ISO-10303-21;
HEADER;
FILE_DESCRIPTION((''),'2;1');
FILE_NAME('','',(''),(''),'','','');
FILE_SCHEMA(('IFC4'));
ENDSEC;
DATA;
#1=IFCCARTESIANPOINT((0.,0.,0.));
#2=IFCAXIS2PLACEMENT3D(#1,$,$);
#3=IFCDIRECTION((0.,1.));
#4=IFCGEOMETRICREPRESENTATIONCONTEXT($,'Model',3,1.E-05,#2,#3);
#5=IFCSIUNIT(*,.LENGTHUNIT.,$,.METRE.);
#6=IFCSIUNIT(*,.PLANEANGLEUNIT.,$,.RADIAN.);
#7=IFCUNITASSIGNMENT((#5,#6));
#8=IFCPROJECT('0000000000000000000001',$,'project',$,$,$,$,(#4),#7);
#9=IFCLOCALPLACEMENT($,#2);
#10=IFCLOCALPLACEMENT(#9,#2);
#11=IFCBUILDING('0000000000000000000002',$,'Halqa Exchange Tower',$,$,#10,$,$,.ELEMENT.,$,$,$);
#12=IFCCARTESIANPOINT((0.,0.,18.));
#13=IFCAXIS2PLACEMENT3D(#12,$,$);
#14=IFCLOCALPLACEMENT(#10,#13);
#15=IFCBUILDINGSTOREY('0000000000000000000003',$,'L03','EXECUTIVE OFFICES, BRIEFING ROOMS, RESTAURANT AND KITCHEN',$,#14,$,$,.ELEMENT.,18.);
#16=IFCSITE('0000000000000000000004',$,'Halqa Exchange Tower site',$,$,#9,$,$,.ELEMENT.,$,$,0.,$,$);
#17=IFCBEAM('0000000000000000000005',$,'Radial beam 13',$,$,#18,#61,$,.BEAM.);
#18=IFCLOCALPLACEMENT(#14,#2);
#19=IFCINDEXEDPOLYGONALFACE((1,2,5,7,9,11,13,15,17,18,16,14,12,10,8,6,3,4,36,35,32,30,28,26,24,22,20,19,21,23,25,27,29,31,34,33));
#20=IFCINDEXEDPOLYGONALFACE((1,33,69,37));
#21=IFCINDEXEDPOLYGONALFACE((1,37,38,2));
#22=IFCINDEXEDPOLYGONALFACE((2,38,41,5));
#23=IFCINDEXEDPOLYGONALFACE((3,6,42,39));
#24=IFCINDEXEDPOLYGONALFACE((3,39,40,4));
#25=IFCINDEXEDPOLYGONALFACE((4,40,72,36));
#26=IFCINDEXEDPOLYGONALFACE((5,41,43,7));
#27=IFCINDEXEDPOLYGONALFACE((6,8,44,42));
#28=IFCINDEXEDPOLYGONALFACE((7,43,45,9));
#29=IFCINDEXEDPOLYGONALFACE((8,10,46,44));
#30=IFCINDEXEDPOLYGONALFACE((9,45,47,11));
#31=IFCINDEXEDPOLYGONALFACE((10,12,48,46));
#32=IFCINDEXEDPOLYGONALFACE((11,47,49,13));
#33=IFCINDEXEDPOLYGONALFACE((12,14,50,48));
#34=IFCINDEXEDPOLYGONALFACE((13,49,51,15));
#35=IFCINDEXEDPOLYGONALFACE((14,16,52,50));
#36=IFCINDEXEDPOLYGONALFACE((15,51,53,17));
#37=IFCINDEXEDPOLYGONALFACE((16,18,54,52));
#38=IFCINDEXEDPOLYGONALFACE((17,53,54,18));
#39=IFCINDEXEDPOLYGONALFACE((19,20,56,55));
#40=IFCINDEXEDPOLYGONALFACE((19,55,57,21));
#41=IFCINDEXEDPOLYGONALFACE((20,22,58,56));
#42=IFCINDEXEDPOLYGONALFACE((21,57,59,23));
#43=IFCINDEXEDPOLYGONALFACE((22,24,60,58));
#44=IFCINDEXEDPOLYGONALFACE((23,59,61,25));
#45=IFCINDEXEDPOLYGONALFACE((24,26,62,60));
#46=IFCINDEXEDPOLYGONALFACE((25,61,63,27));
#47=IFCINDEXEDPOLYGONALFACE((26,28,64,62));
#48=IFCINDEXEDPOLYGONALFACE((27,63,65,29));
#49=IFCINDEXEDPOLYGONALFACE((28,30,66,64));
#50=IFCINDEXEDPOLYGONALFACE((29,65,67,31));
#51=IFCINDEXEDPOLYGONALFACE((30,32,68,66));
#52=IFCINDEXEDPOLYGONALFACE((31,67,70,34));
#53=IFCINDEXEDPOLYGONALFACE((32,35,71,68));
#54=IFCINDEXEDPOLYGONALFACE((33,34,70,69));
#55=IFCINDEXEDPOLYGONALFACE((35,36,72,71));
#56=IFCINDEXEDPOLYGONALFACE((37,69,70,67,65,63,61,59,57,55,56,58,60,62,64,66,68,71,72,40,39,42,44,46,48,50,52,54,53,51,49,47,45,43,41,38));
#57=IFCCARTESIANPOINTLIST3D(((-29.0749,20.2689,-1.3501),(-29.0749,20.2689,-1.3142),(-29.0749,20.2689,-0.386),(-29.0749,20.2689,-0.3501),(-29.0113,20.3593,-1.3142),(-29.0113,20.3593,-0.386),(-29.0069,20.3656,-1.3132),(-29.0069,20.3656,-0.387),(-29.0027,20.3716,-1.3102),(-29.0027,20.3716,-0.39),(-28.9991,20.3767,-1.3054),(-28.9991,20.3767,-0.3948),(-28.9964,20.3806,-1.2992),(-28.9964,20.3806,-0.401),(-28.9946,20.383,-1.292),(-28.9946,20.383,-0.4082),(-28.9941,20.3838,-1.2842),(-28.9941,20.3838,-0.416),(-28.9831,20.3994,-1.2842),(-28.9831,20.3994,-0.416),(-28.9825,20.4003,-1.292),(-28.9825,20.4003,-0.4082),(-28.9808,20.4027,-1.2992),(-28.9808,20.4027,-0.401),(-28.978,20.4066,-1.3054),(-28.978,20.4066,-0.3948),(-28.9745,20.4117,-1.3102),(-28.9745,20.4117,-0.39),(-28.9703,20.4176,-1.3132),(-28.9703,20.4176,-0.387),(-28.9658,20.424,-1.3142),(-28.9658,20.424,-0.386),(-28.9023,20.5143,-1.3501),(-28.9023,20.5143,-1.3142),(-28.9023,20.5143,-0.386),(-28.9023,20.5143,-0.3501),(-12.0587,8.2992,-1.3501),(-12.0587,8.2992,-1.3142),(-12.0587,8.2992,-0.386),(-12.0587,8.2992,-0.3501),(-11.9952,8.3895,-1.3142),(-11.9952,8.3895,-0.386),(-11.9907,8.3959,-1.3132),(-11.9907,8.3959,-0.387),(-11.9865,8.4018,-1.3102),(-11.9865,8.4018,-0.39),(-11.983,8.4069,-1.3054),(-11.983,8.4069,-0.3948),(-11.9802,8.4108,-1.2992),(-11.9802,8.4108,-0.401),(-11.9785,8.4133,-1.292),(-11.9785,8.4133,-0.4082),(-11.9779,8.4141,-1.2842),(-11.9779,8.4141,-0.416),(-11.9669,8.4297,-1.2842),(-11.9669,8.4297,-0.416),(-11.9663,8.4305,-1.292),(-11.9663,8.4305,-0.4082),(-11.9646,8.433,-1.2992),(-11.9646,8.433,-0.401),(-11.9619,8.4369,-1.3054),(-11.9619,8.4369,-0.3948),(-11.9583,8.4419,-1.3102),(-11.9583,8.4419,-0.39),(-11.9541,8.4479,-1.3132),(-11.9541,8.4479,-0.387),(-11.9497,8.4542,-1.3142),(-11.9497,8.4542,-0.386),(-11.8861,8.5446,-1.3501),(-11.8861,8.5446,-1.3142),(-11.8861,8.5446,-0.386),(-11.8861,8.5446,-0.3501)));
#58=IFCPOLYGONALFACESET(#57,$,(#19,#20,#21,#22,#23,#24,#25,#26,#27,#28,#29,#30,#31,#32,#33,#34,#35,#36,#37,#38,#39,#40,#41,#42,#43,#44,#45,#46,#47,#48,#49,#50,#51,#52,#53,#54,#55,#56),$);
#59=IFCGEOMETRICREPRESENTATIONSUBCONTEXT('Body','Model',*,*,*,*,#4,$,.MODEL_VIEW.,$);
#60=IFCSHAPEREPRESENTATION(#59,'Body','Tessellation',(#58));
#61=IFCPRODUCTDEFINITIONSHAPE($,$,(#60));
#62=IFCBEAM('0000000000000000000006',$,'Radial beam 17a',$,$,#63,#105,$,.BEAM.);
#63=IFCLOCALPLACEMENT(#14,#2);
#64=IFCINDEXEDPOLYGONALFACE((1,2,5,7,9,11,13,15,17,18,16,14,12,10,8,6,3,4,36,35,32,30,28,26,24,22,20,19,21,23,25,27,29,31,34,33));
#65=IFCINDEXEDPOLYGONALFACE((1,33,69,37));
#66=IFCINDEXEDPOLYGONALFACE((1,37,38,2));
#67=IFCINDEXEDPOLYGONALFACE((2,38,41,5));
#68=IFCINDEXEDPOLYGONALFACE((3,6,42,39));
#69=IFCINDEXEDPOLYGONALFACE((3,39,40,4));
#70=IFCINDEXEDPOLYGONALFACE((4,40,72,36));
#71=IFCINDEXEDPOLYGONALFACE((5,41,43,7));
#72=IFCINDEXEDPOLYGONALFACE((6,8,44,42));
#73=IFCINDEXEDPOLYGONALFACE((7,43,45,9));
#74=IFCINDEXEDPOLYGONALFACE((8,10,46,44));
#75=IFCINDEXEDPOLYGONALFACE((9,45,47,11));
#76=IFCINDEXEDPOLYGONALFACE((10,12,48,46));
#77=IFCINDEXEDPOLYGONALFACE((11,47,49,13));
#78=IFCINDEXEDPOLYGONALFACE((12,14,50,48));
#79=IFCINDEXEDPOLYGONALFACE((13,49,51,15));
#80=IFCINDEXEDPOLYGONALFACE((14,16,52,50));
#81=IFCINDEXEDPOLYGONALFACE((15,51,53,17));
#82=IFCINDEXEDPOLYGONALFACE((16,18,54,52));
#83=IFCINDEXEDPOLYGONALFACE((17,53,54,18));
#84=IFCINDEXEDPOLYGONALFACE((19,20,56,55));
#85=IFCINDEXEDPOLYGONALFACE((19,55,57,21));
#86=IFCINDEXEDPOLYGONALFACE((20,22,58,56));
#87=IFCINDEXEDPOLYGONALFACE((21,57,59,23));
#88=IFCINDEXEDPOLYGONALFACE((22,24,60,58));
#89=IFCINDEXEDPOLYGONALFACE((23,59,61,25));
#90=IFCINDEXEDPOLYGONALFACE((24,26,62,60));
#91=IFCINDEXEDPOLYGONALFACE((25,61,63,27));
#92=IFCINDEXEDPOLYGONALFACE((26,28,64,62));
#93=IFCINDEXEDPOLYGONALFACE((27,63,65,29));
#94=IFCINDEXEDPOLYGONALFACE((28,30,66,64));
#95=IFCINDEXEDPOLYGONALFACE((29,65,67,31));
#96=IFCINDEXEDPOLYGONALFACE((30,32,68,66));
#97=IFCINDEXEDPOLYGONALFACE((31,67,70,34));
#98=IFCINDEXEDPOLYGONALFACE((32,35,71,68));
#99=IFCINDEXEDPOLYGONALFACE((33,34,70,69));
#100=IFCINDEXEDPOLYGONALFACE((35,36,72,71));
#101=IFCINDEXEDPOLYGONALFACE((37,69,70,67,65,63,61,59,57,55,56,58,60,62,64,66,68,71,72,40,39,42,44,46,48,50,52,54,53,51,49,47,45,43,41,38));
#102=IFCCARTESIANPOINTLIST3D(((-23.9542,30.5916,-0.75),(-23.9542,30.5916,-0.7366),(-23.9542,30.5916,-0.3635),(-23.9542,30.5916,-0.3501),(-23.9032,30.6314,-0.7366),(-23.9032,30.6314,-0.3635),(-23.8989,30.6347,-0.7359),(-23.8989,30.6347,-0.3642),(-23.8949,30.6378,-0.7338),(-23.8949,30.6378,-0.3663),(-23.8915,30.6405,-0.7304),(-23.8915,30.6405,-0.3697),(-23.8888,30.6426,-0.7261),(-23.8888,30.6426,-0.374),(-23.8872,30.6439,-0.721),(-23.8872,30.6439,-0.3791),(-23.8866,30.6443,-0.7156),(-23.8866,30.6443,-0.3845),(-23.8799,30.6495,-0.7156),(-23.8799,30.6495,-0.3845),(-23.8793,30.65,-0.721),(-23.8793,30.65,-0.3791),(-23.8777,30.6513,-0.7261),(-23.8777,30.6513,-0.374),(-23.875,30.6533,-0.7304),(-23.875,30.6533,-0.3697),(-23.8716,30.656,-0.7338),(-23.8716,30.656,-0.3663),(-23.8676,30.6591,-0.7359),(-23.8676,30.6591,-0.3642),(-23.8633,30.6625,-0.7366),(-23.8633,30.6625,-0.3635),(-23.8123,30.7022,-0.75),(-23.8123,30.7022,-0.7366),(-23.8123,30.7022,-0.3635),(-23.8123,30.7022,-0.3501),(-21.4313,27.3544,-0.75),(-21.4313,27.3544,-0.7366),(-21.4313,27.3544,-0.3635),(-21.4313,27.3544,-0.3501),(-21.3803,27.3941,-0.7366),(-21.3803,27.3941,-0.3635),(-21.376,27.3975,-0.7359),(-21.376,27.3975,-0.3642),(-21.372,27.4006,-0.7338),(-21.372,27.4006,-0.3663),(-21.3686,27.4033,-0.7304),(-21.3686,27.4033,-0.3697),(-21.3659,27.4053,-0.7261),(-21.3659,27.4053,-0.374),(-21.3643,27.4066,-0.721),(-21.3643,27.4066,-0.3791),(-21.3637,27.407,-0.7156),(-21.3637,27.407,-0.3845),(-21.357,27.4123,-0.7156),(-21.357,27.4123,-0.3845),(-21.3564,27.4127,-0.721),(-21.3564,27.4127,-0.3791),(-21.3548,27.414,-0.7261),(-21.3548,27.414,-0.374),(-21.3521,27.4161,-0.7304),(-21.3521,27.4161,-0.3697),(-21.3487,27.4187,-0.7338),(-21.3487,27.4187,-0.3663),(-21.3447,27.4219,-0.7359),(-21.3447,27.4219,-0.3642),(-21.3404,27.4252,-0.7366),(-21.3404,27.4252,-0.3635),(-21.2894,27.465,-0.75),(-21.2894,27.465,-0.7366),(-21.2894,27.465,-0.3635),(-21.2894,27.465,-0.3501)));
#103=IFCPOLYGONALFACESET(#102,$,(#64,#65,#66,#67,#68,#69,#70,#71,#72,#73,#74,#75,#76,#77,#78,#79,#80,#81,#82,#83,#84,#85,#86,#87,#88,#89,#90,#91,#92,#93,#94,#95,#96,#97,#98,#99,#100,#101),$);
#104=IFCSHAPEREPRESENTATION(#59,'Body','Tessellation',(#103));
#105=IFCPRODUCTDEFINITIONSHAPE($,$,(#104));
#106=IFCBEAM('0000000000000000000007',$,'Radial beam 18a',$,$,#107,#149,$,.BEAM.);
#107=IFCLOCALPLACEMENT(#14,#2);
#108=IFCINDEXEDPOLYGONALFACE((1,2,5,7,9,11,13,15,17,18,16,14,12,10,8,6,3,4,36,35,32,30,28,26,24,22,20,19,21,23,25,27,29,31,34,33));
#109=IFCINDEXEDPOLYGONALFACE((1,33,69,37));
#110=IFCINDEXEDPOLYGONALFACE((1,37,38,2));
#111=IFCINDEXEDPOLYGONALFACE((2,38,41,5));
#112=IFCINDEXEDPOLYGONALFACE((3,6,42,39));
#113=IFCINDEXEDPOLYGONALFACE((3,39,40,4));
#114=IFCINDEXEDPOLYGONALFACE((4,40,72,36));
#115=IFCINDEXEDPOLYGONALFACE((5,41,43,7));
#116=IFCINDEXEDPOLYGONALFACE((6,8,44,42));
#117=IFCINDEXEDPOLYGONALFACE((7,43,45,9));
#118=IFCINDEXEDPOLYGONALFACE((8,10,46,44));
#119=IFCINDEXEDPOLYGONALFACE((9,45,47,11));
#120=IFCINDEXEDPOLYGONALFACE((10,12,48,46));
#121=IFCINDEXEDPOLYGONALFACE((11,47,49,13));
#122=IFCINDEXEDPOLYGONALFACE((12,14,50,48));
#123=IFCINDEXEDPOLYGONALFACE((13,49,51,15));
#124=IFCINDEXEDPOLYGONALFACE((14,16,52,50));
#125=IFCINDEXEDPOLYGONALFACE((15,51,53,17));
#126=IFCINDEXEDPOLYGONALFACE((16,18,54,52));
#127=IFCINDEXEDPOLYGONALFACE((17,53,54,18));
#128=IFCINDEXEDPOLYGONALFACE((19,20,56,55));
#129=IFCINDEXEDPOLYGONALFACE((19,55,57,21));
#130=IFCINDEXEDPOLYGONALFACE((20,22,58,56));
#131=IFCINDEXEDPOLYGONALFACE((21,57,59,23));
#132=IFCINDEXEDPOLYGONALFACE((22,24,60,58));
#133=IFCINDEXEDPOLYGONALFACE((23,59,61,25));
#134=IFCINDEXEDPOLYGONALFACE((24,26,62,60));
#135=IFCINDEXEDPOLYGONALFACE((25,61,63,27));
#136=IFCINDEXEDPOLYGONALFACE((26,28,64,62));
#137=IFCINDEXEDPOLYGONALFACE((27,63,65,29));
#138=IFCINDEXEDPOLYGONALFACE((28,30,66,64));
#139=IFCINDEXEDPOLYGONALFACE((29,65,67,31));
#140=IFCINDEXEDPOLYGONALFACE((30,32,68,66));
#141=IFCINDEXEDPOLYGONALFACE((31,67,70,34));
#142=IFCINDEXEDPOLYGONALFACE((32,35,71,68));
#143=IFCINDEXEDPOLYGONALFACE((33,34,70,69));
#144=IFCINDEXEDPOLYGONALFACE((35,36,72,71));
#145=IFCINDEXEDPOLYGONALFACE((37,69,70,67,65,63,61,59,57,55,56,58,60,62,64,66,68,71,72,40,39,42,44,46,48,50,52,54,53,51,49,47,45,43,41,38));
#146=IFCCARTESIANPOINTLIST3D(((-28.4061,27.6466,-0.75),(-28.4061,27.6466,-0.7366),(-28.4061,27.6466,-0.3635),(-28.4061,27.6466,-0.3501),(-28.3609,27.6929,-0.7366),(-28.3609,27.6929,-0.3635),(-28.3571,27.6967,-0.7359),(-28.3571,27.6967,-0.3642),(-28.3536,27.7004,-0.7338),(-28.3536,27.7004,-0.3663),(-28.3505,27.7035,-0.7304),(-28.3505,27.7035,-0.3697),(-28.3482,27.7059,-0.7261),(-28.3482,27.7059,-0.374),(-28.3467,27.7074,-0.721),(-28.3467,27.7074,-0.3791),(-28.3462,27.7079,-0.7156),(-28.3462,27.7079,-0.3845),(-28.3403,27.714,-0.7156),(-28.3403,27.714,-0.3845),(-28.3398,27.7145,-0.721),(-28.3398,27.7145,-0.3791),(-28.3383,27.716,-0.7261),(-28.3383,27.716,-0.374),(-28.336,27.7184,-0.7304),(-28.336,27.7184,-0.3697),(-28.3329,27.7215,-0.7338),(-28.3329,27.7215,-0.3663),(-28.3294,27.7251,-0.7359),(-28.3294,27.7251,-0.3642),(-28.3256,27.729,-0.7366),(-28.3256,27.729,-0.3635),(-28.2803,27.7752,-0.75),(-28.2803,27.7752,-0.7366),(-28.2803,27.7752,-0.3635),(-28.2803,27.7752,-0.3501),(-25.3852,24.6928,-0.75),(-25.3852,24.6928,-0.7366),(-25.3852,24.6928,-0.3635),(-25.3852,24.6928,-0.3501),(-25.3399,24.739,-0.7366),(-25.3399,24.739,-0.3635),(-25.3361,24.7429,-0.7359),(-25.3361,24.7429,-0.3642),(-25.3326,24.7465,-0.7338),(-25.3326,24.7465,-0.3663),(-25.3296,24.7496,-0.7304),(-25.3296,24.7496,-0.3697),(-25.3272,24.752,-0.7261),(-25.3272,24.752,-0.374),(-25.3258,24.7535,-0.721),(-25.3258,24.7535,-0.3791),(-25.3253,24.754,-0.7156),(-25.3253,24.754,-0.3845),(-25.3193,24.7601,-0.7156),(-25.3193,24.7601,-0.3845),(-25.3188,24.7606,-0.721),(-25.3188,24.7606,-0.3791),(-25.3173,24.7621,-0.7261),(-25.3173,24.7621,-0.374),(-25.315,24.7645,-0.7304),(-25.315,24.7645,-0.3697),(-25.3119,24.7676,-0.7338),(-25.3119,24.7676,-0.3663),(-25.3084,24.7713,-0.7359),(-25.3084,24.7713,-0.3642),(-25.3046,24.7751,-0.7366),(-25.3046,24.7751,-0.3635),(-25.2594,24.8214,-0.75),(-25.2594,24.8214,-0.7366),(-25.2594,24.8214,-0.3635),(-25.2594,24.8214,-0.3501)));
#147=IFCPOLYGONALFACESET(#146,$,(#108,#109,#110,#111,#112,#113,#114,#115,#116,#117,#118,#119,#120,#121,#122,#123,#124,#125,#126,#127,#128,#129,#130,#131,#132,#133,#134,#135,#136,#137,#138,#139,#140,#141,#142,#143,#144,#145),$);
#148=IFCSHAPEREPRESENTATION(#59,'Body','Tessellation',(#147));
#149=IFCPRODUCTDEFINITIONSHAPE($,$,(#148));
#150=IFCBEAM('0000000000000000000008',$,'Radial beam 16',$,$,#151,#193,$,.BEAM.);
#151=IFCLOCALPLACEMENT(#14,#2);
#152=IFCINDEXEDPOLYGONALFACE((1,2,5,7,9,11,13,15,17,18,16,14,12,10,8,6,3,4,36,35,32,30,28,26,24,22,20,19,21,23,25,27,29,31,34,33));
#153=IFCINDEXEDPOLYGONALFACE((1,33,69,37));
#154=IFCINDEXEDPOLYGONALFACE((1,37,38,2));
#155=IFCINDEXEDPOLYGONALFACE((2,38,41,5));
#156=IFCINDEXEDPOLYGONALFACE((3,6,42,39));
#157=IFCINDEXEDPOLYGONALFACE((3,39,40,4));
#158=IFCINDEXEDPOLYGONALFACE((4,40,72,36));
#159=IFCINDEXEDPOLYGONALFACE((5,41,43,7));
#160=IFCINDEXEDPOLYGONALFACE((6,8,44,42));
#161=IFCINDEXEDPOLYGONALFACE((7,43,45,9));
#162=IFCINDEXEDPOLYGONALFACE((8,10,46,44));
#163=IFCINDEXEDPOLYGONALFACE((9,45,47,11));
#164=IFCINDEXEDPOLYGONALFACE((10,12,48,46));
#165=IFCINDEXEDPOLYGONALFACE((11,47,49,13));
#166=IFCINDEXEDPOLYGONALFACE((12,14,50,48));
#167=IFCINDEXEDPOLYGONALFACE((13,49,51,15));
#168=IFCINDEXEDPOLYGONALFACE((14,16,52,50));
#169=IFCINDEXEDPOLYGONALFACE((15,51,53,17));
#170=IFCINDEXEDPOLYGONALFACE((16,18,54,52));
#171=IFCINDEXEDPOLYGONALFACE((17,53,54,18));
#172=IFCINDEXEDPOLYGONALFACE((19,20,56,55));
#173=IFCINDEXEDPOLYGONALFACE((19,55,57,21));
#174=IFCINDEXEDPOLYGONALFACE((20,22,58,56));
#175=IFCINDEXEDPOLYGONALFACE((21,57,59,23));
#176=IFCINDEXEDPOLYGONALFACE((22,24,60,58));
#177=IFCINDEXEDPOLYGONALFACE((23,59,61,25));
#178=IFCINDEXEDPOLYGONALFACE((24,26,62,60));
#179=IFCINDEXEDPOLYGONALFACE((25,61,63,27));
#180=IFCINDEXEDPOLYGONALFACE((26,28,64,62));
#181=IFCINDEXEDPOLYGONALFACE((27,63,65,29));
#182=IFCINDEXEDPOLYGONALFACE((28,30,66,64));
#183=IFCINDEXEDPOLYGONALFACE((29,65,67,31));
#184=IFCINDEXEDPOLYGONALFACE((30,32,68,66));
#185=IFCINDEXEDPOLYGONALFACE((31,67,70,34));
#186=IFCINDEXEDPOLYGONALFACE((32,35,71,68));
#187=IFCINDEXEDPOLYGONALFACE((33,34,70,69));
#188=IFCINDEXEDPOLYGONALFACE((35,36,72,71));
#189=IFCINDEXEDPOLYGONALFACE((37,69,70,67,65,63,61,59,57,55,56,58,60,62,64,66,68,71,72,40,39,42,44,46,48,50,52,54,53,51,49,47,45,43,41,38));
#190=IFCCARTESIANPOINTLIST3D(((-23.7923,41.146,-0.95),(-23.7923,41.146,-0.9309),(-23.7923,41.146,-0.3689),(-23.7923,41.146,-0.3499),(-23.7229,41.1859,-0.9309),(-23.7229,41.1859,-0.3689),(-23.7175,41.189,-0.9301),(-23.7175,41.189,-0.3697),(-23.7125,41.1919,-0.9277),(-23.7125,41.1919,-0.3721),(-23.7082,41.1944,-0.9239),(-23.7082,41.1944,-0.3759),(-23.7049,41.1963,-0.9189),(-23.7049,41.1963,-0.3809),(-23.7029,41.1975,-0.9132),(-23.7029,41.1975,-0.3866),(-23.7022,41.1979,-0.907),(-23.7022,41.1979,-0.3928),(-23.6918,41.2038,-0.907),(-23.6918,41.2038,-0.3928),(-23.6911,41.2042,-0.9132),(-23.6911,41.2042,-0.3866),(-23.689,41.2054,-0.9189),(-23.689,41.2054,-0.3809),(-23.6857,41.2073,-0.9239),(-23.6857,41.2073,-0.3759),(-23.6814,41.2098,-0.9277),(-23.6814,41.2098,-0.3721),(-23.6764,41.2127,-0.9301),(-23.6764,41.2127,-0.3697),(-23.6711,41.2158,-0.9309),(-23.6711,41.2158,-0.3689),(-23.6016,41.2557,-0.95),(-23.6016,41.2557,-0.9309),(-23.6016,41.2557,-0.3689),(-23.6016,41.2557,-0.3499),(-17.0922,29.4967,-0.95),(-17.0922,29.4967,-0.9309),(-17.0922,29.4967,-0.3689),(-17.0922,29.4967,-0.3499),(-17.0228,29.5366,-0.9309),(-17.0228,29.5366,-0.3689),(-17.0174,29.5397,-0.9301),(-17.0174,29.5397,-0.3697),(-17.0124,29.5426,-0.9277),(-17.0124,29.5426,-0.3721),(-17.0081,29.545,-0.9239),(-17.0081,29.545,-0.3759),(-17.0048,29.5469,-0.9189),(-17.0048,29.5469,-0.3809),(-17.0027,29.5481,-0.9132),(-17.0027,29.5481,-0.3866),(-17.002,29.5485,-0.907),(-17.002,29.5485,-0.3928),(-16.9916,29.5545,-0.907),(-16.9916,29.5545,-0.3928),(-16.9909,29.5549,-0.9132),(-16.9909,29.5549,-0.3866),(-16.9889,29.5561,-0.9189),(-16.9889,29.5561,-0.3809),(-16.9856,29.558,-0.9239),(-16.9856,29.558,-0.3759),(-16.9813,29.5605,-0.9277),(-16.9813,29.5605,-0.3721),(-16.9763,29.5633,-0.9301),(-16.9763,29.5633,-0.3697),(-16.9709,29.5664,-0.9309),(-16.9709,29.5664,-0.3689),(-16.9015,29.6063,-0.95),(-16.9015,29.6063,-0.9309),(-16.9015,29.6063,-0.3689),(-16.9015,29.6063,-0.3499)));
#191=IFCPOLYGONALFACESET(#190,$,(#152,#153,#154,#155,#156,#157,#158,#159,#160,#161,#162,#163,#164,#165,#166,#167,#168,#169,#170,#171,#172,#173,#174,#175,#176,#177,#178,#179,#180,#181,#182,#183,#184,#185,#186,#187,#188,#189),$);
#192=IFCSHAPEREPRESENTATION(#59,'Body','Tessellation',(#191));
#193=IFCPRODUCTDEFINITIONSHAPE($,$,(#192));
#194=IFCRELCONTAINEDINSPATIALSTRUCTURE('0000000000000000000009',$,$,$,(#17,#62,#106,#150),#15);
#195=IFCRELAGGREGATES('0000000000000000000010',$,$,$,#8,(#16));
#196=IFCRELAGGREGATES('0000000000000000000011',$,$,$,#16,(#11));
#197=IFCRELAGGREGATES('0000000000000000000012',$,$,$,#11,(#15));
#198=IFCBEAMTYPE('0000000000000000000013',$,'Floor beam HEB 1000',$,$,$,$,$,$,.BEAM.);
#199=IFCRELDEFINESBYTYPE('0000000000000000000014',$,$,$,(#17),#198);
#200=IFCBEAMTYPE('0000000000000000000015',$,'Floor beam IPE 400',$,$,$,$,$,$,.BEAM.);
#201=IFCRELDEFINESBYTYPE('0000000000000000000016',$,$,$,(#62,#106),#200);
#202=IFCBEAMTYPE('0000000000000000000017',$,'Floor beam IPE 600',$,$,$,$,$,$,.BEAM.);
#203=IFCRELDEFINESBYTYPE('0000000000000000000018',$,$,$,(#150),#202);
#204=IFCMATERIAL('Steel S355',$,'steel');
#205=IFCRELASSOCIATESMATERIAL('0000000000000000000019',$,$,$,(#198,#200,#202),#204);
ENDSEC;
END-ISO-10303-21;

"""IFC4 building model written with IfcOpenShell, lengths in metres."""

from ifc_helpers import new_model, si_unit, direction, frame, origin, origin_2d, place, context, subcontext, project, spatial, i_section, extrude, material, material_profile, profile_set, type_object, element, save


model = new_model("IFC4")

# Units and contexts
model_context = context("Model", 3, precision=1e-05, world=origin(), true_north=direction((0.0, 1.0)))
body_context = subcontext(model_context, "Body", "Model", "MODEL_VIEW")
ifc_project = project(units=[si_unit("LENGTHUNIT", "METRE"), si_unit("PLANEANGLEUNIT", "RADIAN")], contexts=[model_context])

# Site, building, storey
site_placement = place(None, origin())
site = spatial("IfcSite", under=ifc_project, at=site_placement, Name="Halqa Exchange Tower site", CompositionType="ELEMENT", RefElevation=0.0)
building_placement = place(site_placement, origin())
building = spatial("IfcBuilding", under=site, at=building_placement, Name="Halqa Exchange Tower", CompositionType="ELEMENT")
storey_placement = place(building_placement, frame((0.0, 0.0, 18.0)))
storey = spatial("IfcBuildingStorey", under=building, at=storey_placement, Name="L03", Description="EXECUTIVE OFFICES, BRIEFING ROOMS, RESTAURANT AND KITCHEN", CompositionType="ELEMENT", Elevation=18.0)

# Beams
ifc_material_1 = material(Name="Steel S355", Category="steel")
ifc_material_profile_1 = material_profile(ifc_material_1, i_section(OverallWidth=0.3, OverallDepth=1.0, WebThickness=0.019, FlangeThickness=0.0359, FilletRadius=0.03, at=origin_2d()), Name="HEB 1000")
ifc_profile_set_1 = profile_set([ifc_material_profile_1], Name="Steel S355")
beam_type_1 = type_object("IfcBeamType", Name="Floor beam HEB 1000", PredefinedType="BEAM", material=ifc_profile_set_1)
beam_1_placement = place(storey_placement, frame((-11.9724, 8.4219, -0.8501), z_axis=(-0.81791, 0.575346, 0.0), x_axis=(-0.575346, -0.81791, 0.0)))
element("IfcBeam", 1, at=beam_1_placement, inside=storey, type_object=beam_type_1, Name="Radial beam 13", PredefinedType="BEAM", context=body_context, shape_type="SweptSolid", body=[
    extrude(i_section(OverallWidth=0.3, OverallDepth=1.0, WebThickness=0.019, FlangeThickness=0.0359, FilletRadius=0.03, at=origin_2d()), origin(), (0.0, 0.0, 1.0), 20.8044),
])
ifc_material_profile_2 = material_profile(ifc_material_1, i_section(OverallWidth=0.1799, OverallDepth=0.3999, WebThickness=0.0085, FlangeThickness=0.0134, FilletRadius=0.021, at=origin_2d()), Name="IPE 400")
ifc_profile_set_2 = profile_set([ifc_material_profile_2], Name="Steel S355")
beam_type_2 = type_object("IfcBeamType", Name="Floor beam IPE 400", PredefinedType="BEAM", material=ifc_profile_set_2)
beam_2_placement = place(storey_placement, frame((-21.3604, 27.4097, -0.55), z_axis=(-0.614706, 0.788756, 0.0), x_axis=(-0.788756, -0.614706, 0.0)))
element("IfcBeam", 2, at=beam_2_placement, inside=storey, type_object=beam_type_2, Name="Radial beam 17a", PredefinedType="BEAM", context=body_context, shape_type="SweptSolid", body=[
    extrude(i_section(OverallWidth=0.1799, OverallDepth=0.3999, WebThickness=0.0085, FlangeThickness=0.0134, FilletRadius=0.021, at=origin_2d()), origin(), (0.0, 0.0, 1.0), 4.1042),
])
beam_3_placement = place(storey_placement, frame((-25.3223, 24.7571, -0.55), z_axis=(-0.715007, 0.699117, 0.0), x_axis=(-0.699117, -0.715007, 0.0)))
element("IfcBeam", 3, at=beam_3_placement, inside=storey, type_object=beam_type_2, Name="Radial beam 18a", PredefinedType="BEAM", context=body_context, shape_type="SweptSolid", body=[
    extrude(i_section(OverallWidth=0.1799, OverallDepth=0.3999, WebThickness=0.0085, FlangeThickness=0.0134, FilletRadius=0.021, at=origin_2d()), origin(), (0.0, 0.0, 1.0), 4.2251),
])
ifc_material_profile_3 = material_profile(ifc_material_1, i_section(OverallWidth=0.22, OverallDepth=0.6001, WebThickness=0.012, FlangeThickness=0.019, FilletRadius=0.0239, at=origin_2d()), Name="IPE 600")
ifc_profile_set_3 = profile_set([ifc_material_profile_3], Name="Steel S355")
beam_type_3 = type_object("IfcBeamType", Name="Floor beam IPE 600", PredefinedType="BEAM", material=ifc_profile_set_3)
beam_4_placement = place(storey_placement, frame((-16.9968, 29.5515, -0.6499), z_axis=(-0.498571, 0.866849, 0.0), x_axis=(-0.866849, -0.498571, 0.0)))
element("IfcBeam", 4, at=beam_4_placement, inside=storey, type_object=beam_type_3, Name="Radial beam 16", PredefinedType="BEAM", context=body_context, shape_type="SweptSolid", body=[
    extrude(i_section(OverallWidth=0.22, OverallDepth=0.6001, WebThickness=0.012, FlangeThickness=0.019, FilletRadius=0.0239, at=origin_2d()), origin(), (0.0, 0.0, 1.0), 13.4387),
])

save(model, "model.ifc")
